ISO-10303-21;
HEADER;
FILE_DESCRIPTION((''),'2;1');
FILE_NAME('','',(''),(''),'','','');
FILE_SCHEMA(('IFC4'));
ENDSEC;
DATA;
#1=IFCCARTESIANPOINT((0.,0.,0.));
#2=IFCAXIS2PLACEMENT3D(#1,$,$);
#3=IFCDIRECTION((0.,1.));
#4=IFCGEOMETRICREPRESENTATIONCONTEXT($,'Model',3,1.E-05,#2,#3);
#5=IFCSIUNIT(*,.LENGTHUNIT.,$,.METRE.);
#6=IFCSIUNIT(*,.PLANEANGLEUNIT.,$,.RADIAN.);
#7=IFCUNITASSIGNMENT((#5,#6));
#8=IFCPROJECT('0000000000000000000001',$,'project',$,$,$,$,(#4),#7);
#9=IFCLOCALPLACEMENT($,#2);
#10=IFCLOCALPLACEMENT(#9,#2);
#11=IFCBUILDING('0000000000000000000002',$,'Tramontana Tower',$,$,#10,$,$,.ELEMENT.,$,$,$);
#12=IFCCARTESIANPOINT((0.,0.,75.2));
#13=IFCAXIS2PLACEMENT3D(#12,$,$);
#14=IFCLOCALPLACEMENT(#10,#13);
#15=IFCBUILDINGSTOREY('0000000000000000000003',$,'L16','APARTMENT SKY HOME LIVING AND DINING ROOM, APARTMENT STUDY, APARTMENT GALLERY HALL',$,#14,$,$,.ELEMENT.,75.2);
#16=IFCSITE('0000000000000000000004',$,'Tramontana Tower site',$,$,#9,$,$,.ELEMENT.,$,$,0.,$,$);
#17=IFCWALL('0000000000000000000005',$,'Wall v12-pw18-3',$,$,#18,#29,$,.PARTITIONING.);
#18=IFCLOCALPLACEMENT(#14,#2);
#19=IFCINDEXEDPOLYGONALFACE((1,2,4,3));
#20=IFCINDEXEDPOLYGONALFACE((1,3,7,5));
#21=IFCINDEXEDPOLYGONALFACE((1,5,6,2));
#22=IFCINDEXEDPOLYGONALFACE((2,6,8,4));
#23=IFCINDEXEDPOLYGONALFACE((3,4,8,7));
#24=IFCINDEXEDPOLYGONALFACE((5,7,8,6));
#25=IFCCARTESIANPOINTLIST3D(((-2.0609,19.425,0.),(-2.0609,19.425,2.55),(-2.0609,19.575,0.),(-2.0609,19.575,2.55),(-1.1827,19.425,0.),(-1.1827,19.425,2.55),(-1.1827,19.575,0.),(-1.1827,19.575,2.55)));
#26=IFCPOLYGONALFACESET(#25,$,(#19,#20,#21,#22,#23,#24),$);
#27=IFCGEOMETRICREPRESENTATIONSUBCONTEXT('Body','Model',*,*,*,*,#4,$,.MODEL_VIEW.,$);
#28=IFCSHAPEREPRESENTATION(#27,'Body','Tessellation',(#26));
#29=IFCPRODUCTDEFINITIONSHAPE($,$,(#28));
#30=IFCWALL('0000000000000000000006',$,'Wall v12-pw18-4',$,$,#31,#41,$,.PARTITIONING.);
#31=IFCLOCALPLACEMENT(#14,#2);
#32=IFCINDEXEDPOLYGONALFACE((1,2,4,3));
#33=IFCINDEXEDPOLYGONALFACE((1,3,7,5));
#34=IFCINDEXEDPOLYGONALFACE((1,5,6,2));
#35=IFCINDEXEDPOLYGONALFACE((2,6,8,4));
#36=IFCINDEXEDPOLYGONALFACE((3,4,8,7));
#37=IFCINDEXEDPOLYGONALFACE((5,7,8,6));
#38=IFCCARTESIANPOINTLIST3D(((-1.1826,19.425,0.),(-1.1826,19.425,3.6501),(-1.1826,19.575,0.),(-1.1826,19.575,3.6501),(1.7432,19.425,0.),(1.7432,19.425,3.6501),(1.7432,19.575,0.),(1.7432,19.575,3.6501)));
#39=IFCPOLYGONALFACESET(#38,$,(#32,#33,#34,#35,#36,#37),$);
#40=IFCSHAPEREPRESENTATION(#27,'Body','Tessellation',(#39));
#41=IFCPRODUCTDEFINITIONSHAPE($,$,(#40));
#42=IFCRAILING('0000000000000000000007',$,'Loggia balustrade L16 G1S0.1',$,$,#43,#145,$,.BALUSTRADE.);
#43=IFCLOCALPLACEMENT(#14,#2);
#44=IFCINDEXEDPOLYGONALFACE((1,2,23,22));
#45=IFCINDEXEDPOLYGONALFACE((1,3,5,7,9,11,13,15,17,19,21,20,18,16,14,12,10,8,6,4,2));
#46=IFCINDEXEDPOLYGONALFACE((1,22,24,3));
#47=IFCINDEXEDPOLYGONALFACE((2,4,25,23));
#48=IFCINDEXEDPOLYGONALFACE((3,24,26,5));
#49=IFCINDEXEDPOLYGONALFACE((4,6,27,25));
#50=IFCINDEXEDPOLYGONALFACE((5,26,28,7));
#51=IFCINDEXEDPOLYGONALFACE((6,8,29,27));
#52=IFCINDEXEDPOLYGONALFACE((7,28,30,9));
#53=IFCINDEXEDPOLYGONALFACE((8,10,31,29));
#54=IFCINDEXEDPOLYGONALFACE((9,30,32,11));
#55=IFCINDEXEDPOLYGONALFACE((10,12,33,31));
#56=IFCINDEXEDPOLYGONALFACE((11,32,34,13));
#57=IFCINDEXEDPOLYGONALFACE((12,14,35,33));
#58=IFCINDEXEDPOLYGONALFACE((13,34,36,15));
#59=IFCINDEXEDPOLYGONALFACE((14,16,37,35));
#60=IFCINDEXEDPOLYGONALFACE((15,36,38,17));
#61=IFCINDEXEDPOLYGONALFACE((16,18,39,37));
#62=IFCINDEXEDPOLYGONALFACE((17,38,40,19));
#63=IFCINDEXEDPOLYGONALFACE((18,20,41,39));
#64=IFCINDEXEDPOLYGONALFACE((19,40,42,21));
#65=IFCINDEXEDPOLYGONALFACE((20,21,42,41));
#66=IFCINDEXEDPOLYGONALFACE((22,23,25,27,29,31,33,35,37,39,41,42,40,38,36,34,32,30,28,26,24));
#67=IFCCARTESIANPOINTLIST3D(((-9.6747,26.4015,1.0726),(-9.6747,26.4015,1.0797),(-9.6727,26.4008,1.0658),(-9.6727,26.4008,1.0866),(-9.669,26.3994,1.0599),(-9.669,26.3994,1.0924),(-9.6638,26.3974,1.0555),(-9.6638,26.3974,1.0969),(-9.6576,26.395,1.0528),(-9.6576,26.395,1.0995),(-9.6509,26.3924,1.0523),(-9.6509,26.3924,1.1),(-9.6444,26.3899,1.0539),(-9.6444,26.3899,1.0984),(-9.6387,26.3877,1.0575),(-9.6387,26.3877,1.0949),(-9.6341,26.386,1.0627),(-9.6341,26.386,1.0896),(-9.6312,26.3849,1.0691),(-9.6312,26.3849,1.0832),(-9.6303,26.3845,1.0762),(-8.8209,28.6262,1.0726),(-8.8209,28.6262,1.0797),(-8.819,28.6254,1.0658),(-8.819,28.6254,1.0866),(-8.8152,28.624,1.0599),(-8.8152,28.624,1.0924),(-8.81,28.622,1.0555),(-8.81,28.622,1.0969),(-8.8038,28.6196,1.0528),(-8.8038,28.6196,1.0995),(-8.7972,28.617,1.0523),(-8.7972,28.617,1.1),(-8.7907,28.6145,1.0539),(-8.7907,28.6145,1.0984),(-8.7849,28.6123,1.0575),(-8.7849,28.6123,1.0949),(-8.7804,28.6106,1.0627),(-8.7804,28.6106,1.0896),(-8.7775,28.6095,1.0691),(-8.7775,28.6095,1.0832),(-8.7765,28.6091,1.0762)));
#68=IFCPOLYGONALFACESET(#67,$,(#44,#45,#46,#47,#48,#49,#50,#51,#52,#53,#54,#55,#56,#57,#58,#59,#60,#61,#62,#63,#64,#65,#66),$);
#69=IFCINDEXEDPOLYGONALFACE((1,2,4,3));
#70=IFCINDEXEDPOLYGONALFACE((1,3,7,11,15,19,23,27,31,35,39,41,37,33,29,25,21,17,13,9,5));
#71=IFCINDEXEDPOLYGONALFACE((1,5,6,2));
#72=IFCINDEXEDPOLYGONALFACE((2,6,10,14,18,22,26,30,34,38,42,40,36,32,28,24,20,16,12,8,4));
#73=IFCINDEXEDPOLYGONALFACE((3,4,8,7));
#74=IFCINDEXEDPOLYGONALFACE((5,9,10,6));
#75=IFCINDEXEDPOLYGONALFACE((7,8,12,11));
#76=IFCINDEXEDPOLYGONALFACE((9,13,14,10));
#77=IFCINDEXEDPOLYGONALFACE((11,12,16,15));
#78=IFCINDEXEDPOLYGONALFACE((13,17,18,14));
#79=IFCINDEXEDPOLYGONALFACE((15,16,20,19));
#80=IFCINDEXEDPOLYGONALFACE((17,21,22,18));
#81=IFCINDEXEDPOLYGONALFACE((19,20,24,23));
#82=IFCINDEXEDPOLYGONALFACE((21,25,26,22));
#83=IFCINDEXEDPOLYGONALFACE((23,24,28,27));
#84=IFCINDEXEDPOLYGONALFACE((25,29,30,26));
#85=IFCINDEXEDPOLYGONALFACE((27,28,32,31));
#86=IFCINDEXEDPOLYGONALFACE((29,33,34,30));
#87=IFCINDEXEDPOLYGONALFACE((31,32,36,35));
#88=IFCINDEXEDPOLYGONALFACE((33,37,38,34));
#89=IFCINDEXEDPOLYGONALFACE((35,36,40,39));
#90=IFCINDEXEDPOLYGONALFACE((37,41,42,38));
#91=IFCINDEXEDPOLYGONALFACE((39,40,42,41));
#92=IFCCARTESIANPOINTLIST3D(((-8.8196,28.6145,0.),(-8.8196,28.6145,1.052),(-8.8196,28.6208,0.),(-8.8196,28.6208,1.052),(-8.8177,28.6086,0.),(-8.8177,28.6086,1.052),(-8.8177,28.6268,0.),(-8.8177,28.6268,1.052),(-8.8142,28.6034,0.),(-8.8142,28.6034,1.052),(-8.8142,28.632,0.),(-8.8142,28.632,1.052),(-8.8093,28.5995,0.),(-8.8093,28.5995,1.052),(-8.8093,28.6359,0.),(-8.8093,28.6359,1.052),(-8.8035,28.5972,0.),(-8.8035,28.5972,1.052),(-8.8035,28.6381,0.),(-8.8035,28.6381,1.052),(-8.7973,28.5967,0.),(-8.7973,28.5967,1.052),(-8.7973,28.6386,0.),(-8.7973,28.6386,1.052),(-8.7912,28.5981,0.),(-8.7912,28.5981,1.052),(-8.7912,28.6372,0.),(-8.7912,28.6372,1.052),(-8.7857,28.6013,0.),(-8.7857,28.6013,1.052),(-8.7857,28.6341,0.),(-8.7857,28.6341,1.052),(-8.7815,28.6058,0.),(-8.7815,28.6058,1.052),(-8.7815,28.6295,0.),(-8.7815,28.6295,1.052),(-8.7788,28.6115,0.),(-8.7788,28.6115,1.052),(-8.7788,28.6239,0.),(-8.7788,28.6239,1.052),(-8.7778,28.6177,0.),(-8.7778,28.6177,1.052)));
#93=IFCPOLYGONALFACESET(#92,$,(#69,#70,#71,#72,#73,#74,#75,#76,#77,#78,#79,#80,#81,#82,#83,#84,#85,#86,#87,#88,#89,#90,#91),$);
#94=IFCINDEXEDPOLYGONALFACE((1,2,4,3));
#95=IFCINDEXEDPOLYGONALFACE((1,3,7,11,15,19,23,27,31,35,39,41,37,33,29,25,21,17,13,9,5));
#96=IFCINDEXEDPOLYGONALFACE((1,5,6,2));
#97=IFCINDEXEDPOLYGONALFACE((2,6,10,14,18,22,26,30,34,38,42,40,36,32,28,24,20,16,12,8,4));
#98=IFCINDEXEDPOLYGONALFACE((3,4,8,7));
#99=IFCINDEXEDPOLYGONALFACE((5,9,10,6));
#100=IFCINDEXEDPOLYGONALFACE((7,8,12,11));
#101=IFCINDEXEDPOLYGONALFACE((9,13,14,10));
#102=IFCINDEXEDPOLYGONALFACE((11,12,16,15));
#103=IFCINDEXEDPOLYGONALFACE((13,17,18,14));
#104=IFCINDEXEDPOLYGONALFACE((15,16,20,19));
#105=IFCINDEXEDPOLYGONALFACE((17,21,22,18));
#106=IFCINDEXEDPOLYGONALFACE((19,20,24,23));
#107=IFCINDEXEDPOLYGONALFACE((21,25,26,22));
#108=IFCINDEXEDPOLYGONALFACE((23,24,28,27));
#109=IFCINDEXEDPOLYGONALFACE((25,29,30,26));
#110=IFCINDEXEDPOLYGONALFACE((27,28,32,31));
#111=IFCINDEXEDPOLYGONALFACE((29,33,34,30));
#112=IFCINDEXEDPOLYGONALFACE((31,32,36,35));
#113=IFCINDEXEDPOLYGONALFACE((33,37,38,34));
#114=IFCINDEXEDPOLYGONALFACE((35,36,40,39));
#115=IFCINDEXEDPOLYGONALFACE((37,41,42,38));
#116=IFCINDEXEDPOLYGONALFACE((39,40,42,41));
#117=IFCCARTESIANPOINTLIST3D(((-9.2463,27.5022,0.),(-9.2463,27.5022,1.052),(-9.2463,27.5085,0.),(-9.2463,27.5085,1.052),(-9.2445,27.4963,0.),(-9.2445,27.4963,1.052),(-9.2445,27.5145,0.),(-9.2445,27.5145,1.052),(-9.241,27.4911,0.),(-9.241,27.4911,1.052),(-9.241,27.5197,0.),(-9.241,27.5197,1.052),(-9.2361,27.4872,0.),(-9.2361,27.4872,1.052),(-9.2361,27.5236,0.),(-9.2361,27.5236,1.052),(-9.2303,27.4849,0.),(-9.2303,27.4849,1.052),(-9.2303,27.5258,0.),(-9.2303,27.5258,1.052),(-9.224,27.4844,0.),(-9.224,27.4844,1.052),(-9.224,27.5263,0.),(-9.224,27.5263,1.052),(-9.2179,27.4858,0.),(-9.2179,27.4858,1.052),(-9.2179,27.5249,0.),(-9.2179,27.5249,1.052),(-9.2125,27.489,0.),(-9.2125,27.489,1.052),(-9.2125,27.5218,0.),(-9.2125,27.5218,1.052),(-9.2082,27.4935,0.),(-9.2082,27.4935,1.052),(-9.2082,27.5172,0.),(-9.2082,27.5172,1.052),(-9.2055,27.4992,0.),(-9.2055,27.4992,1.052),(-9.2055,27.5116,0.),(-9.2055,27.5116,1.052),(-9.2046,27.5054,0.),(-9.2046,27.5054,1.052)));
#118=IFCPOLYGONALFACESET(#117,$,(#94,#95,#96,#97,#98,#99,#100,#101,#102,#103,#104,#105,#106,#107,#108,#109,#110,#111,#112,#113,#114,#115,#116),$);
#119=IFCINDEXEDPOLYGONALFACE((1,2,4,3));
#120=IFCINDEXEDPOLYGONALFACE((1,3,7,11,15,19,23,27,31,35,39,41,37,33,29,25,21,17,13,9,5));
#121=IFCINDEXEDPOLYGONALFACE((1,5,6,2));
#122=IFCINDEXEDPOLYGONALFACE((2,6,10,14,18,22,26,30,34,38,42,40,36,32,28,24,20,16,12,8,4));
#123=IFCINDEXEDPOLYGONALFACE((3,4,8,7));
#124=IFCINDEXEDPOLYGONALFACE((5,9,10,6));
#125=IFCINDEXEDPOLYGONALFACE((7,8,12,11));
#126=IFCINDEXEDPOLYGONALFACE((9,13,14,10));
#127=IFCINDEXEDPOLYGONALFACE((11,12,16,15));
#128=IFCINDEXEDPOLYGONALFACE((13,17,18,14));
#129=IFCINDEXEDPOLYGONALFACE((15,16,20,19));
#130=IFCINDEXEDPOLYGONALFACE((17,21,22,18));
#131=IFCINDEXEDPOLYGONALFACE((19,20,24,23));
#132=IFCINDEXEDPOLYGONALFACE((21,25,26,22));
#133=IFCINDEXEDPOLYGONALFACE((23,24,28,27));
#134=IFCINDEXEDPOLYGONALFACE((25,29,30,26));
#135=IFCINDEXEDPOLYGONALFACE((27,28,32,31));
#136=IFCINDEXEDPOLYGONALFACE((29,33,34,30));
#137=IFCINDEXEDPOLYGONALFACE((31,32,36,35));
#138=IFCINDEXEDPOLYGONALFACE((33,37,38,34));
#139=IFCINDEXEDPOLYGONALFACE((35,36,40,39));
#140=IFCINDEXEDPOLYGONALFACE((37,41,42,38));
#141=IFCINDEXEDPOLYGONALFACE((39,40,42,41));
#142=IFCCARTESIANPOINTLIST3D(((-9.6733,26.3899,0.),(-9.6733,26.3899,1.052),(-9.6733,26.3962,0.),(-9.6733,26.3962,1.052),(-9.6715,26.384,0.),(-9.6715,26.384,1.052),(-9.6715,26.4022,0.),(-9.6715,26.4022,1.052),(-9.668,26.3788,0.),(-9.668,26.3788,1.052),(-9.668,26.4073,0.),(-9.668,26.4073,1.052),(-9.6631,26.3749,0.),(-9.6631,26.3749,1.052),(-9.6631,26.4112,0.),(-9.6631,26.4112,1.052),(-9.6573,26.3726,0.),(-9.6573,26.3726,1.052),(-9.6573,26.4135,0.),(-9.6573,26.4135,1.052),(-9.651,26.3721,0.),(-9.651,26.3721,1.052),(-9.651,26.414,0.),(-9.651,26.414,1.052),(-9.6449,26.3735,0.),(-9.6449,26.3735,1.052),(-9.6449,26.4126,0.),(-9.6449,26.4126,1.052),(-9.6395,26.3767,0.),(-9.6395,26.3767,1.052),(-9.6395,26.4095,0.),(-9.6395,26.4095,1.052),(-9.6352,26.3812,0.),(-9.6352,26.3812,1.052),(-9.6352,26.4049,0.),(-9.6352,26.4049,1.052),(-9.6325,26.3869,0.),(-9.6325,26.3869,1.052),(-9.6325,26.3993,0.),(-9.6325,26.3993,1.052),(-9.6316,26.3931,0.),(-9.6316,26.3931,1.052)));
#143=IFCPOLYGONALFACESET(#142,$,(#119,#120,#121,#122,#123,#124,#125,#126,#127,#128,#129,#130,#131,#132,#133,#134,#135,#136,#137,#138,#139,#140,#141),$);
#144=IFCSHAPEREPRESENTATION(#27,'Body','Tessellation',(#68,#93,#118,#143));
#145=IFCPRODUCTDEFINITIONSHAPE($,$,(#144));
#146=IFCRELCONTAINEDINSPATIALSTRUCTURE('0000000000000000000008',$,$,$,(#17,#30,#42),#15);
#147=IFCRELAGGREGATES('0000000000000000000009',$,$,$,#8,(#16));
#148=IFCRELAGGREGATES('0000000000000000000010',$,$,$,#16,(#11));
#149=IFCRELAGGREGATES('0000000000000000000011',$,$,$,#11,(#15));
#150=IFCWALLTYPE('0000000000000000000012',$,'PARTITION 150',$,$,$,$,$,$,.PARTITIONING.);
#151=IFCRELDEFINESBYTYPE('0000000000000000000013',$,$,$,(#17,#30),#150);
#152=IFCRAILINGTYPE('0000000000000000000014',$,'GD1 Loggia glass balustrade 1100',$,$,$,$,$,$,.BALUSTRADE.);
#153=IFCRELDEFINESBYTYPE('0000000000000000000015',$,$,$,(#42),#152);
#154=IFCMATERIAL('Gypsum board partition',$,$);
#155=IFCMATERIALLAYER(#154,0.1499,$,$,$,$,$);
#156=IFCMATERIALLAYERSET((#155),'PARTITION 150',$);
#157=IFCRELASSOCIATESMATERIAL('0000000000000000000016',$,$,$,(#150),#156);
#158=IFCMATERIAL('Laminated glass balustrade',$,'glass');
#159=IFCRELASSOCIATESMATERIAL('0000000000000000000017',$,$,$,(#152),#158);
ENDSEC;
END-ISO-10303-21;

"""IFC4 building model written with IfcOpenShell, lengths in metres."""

from ifc_helpers import new_model, si_unit, direction, frame, frame_2d, origin, origin_2d, place, context, subcontext, project, spatial, rectangle, circle, extrude, material, layer, layer_set, type_object, element, save


model = new_model("IFC4")

# Units and contexts
model_context = context("Model", 3, precision=1e-05, world=origin(), true_north=direction((0.0, 1.0)))
body_context = subcontext(model_context, "Body", "Model", "MODEL_VIEW")
ifc_project = project(units=[si_unit("LENGTHUNIT", "METRE"), si_unit("PLANEANGLEUNIT", "RADIAN")], contexts=[model_context])

# Site, building, storey
site_placement = place(None, origin())
site = spatial("IfcSite", under=ifc_project, at=site_placement, Name="Tramontana Tower site", CompositionType="ELEMENT", RefElevation=0.0)
building_placement = place(site_placement, origin())
building = spatial("IfcBuilding", under=site, at=building_placement, Name="Tramontana Tower", CompositionType="ELEMENT")
storey_placement = place(building_placement, frame((0.0, 0.0, 75.2)))
storey = spatial("IfcBuildingStorey", under=building, at=storey_placement, Name="L16", Description="APARTMENT SKY HOME LIVING AND DINING ROOM, APARTMENT STUDY, APARTMENT GALLERY HALL", CompositionType="ELEMENT", Elevation=75.2)

# Shared definitions
ifc_material_1 = material(Name="Gypsum board partition")
ifc_layer_1 = layer(ifc_material_1, 0.1499)
ifc_layer_set_1 = layer_set([ifc_layer_1], Name="PARTITION 150")
wall_type_1 = type_object("IfcWallType", Name="PARTITION 150", PredefinedType="PARTITIONING", material=ifc_layer_set_1)

# Walls
wall_1_placement = place(storey_placement, frame((-2.0608, 19.5, 0.0), z_axis=(0.0, 0.0, 1.0), x_axis=(1.0, 0.0, 0.0)))
element("IfcWall", 1, at=wall_1_placement, inside=storey, type_object=wall_type_1, Name="Wall v12-pw18-3", PredefinedType="PARTITIONING", context=body_context, shape_type="SweptSolid", body=[
    extrude(rectangle(XDim=0.8782, YDim=0.1499, at=frame_2d((0.439, 0.0))), origin(), (0.0, 0.0, 1.0), 2.55),
])
wall_2_placement = place(storey_placement, frame((-1.1826, 19.5, 0.0), z_axis=(0.0, 0.0, 1.0), x_axis=(1.0, 0.0, 0.0)))
element("IfcWall", 2, at=wall_2_placement, inside=storey, type_object=wall_type_1, Name="Wall v12-pw18-4", PredefinedType="PARTITIONING", context=body_context, shape_type="SweptSolid", body=[
    extrude(rectangle(XDim=2.9258, YDim=0.1499, at=frame_2d((1.4629, 0.0))), origin(), (0.0, 0.0, 1.0), 3.6501),
])

# Railing
ifc_material_2 = material(Name="Laminated glass balustrade", Category="glass")
railing_type = type_object("IfcRailingType", Name="GD1 Loggia glass balustrade 1100", PredefinedType="BALUSTRADE", material=ifc_material_2)
railing_placement = place(storey_placement, frame((-8.7988, 28.6177, 0.0)))
element("IfcRailing", 3, at=railing_placement, inside=storey, type_object=railing_type, Name="Loggia balustrade L16 G1S0.1", PredefinedType="BALUSTRADE", context=body_context, shape_type="SweptSolid", body=[
    extrude(circle(Radius=0.0239, at=origin_2d()), frame((0.0, 0.0, 1.0762), z_axis=(-0.358299, -0.933607, 0.0), x_axis=(0.933607, -0.358299, 0.0)), (0.0, 0.0, 1.0), 2.3828),
    extrude(circle(Radius=0.021, at=origin_2d()), origin(), (0.0, 0.0, 1.0), 1.052),
    extrude(circle(Radius=0.021, at=origin_2d()), frame((-0.4268, -1.1123, 0.0)), (0.0, 0.0, 1.0), 1.052),
    extrude(circle(Radius=0.021, at=origin_2d()), frame((-0.8538, -2.2246, 0.0)), (0.0, 0.0, 1.0), 1.052),
])

save(model, "model.ifc")
